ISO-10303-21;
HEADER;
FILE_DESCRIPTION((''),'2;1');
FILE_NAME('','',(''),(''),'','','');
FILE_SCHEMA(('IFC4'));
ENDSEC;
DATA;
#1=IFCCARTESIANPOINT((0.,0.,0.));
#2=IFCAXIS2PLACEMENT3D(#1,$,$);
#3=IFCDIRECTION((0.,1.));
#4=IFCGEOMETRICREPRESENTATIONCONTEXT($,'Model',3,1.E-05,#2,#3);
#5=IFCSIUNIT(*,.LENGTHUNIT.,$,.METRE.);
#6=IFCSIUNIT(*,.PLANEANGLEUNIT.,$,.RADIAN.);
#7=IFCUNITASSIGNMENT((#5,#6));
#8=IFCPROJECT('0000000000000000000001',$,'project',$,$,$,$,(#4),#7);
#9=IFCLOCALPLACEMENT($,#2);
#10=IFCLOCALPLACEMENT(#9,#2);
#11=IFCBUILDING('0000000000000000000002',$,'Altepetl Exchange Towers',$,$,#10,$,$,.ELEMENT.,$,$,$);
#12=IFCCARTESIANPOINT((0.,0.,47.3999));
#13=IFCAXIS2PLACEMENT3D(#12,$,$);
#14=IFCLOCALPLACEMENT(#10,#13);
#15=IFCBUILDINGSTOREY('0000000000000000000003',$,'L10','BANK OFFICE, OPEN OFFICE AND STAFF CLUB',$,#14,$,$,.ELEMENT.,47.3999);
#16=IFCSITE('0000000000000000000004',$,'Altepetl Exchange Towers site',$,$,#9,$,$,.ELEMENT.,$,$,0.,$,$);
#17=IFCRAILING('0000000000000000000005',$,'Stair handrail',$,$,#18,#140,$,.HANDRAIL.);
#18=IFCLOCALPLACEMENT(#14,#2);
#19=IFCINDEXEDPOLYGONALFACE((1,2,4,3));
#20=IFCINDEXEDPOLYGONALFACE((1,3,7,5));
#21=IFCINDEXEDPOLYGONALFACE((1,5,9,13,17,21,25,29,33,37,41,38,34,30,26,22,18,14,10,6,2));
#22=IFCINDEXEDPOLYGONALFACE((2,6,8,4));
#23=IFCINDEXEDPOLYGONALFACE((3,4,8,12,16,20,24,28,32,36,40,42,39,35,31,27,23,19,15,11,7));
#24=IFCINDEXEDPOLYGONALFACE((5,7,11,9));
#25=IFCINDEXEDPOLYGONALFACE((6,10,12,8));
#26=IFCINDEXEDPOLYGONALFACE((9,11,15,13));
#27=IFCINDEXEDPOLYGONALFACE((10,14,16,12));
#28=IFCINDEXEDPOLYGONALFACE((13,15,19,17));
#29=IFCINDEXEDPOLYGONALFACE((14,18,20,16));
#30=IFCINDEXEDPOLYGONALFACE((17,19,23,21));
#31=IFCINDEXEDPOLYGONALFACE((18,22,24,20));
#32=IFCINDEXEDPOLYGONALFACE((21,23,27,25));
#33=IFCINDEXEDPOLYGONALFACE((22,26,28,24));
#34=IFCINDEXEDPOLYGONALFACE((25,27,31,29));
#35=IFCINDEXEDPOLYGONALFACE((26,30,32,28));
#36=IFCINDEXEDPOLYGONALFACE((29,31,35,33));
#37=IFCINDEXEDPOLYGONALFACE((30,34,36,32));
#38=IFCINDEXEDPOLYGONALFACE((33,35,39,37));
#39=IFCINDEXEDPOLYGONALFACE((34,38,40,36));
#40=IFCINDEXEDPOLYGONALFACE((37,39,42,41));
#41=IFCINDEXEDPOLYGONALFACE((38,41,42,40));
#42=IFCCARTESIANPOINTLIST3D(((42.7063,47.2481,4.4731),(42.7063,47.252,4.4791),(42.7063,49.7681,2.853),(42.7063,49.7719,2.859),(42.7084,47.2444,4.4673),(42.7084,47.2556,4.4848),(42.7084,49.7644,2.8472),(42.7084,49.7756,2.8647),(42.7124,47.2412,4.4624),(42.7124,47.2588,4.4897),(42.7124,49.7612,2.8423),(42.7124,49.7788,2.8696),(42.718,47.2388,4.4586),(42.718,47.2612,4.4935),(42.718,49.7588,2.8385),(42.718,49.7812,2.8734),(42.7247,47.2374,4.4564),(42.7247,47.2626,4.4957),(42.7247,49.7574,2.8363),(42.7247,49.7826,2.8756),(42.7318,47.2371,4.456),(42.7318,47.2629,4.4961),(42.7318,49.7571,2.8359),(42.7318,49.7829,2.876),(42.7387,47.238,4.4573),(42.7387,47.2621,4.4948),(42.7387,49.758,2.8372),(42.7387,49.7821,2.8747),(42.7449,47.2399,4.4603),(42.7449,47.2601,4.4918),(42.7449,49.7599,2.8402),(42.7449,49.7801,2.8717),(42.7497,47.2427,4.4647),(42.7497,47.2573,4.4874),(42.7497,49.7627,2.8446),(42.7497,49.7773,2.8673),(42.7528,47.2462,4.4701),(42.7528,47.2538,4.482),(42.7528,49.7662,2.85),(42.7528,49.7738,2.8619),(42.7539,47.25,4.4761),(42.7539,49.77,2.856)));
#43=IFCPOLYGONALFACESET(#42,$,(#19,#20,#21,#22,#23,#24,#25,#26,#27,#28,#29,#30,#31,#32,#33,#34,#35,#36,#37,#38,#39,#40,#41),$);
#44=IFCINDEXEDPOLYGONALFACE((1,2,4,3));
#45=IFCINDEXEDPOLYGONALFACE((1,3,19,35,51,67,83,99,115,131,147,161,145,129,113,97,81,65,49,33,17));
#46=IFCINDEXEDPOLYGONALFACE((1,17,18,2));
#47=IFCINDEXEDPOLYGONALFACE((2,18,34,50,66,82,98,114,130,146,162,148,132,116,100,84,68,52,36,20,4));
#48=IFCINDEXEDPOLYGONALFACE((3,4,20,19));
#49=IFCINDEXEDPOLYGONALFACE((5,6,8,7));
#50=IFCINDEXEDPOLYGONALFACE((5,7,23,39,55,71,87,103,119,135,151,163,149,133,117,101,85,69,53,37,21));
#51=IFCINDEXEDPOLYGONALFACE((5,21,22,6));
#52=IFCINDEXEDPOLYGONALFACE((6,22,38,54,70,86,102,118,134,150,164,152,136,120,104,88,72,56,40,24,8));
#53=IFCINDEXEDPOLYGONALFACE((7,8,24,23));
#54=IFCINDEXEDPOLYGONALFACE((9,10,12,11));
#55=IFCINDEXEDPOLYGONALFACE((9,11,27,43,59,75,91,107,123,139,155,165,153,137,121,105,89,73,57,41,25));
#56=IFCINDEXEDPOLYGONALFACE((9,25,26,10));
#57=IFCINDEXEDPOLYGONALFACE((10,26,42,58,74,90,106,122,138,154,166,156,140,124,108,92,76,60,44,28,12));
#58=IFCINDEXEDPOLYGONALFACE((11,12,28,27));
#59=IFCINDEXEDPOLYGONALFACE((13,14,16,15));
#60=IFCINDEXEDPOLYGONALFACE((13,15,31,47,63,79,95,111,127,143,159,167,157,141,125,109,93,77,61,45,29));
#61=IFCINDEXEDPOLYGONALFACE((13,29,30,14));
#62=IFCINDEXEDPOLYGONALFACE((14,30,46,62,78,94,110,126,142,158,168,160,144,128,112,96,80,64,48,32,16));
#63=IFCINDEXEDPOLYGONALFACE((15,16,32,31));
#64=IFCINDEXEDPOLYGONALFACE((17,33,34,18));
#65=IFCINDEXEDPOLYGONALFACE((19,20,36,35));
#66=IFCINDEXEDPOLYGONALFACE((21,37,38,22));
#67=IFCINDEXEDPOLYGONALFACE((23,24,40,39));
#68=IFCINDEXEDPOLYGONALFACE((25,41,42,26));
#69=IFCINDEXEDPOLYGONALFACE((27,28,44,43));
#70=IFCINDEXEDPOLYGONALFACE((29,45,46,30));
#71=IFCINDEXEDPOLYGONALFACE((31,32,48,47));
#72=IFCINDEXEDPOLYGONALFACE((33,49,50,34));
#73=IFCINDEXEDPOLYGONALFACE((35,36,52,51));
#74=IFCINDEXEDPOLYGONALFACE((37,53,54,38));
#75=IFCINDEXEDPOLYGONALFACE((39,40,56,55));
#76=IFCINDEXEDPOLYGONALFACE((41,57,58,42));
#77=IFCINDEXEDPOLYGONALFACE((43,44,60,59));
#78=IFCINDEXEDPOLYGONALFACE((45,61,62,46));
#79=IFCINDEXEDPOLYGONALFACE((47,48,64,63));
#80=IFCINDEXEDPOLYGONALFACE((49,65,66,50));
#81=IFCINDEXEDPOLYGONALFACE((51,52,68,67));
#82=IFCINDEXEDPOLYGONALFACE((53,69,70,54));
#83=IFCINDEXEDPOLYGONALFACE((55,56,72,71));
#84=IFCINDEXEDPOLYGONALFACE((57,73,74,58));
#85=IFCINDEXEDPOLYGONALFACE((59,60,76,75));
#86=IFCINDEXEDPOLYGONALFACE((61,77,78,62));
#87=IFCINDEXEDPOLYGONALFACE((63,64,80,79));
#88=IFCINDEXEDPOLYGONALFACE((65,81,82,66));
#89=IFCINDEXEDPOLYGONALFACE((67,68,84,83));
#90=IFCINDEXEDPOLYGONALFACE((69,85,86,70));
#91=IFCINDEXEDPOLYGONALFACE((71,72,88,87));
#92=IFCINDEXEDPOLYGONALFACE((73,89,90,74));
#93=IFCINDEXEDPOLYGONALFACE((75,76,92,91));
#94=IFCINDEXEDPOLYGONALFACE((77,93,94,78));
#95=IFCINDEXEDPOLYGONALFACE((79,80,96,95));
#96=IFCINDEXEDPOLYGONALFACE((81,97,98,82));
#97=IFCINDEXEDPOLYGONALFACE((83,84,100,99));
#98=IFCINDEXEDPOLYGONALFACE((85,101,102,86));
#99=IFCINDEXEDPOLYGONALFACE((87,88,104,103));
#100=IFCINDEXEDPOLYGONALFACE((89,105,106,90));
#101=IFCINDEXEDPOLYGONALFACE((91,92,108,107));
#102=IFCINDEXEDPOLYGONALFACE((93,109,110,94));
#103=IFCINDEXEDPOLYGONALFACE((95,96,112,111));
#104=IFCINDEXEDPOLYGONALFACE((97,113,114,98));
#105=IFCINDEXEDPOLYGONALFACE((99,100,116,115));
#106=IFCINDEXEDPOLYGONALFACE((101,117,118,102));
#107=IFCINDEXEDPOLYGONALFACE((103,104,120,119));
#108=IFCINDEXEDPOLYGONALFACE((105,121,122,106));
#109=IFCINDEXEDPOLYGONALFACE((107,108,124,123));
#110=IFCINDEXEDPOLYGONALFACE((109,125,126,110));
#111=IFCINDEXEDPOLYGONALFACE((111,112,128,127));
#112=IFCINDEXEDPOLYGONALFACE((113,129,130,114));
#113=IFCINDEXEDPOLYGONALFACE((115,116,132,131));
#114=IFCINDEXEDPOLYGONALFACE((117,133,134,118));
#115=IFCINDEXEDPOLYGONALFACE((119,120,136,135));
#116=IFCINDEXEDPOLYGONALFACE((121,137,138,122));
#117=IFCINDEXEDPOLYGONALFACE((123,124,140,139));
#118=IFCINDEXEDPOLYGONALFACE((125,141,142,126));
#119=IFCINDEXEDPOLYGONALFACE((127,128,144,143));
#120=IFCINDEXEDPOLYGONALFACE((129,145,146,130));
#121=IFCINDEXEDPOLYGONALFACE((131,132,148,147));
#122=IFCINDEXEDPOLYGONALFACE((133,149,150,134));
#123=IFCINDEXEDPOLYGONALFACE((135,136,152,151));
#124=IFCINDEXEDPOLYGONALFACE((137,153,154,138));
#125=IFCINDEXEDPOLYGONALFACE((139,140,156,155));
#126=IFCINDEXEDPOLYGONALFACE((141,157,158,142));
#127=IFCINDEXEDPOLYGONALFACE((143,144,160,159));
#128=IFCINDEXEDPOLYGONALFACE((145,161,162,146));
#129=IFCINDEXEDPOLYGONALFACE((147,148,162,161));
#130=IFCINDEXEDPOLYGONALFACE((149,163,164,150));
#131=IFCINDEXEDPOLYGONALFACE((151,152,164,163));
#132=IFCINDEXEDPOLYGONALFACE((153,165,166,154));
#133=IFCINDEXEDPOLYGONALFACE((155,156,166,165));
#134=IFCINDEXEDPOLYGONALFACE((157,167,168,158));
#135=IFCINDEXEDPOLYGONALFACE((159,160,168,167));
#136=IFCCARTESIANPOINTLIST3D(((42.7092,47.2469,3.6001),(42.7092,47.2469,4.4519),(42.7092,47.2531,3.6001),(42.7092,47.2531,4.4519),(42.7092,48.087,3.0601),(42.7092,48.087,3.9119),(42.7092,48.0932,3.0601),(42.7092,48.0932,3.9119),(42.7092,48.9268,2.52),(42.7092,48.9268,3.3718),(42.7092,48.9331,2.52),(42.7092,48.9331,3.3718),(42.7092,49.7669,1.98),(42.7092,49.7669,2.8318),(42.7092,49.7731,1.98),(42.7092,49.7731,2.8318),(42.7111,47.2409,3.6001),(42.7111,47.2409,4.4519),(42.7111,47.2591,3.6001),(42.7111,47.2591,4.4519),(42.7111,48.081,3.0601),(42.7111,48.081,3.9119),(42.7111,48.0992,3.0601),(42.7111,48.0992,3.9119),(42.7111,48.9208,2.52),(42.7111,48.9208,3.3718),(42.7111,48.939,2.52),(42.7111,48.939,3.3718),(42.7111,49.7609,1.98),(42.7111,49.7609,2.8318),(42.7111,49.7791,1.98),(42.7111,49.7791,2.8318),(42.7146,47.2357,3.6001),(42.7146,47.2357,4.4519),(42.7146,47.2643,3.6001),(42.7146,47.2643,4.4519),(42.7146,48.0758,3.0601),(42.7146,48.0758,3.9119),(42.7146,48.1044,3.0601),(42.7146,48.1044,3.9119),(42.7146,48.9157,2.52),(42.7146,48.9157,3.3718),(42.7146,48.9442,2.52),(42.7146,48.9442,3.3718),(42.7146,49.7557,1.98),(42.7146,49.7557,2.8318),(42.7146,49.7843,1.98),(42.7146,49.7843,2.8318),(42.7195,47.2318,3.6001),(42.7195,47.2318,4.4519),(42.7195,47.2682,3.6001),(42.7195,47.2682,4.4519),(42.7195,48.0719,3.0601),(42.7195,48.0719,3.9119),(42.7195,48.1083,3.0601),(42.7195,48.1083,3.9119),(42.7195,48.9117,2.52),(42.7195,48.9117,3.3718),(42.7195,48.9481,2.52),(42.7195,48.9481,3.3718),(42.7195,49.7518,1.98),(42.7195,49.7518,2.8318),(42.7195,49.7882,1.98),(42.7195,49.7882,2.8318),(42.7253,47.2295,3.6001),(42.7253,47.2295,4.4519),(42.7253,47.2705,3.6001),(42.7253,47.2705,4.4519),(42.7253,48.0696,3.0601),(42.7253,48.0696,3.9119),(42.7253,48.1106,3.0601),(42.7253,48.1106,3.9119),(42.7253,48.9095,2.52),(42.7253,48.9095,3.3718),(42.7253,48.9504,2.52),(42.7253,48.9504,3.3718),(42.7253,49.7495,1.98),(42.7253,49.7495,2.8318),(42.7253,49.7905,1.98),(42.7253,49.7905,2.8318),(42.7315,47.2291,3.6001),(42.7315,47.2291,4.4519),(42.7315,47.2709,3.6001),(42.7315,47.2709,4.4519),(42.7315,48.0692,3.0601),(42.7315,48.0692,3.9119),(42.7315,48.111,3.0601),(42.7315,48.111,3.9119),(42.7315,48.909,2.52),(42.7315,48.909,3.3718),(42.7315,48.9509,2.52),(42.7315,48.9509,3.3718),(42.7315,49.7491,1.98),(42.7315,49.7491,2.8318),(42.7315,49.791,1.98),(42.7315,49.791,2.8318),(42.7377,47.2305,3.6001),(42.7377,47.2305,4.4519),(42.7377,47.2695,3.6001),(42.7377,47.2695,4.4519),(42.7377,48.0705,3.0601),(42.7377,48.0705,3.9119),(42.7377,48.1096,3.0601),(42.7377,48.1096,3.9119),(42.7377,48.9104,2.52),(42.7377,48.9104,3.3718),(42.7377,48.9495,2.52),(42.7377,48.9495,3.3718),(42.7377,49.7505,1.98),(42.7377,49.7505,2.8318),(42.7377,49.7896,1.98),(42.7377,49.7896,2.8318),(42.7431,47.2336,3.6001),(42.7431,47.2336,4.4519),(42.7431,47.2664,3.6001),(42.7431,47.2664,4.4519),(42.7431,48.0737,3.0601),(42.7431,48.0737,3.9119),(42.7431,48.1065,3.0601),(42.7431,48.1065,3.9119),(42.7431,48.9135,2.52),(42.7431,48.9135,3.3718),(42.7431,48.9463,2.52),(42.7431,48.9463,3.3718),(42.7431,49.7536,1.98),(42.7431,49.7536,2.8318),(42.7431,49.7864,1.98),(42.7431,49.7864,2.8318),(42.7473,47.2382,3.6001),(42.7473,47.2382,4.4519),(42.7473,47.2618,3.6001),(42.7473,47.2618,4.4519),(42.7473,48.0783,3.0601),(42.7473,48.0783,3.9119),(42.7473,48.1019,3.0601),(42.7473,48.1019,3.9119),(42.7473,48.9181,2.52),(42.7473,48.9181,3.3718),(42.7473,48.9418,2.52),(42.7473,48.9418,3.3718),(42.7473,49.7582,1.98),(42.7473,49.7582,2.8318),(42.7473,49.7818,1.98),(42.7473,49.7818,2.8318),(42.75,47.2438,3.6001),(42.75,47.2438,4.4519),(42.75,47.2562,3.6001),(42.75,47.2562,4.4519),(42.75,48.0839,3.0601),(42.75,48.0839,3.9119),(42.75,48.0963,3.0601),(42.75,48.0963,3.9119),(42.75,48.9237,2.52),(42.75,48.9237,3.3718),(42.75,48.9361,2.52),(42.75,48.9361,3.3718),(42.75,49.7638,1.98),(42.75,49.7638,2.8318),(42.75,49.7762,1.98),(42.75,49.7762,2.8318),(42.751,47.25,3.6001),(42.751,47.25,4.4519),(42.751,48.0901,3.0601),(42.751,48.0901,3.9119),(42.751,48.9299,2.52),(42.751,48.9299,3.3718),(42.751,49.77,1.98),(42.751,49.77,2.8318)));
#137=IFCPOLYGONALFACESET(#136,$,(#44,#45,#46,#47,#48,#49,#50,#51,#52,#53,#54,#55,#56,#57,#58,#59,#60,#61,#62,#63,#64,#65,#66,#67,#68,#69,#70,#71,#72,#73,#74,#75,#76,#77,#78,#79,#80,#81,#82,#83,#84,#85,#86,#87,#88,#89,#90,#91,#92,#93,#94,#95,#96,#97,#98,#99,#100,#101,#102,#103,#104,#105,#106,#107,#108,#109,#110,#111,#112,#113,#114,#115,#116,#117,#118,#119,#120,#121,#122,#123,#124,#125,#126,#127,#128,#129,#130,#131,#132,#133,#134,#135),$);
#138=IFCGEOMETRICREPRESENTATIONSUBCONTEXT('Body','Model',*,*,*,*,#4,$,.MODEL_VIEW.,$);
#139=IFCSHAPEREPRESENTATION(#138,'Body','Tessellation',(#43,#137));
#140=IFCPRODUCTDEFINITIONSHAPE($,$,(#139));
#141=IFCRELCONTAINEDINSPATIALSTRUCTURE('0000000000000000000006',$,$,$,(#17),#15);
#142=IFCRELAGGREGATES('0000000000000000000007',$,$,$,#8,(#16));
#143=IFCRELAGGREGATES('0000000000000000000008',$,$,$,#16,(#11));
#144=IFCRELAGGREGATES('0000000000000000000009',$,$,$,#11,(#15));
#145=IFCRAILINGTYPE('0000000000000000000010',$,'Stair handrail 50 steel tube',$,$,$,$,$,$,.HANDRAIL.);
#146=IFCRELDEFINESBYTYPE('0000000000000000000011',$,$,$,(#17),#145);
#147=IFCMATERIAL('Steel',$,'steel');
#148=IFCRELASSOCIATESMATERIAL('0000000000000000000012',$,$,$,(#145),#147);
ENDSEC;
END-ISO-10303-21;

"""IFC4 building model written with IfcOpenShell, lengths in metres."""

from ifc_helpers import new_model, si_unit, direction, frame, origin, origin_2d, place, context, subcontext, project, spatial, circle, extrude, source, transform, mapped, material, type_object, element, save


model = new_model("IFC4")

# Units and contexts
model_context = context("Model", 3, precision=1e-05, world=origin(), true_north=direction((0.0, 1.0)))
body_context = subcontext(model_context, "Body", "Model", "MODEL_VIEW")
ifc_project = project(units=[si_unit("LENGTHUNIT", "METRE"), si_unit("PLANEANGLEUNIT", "RADIAN")], contexts=[model_context])

# Site, building, storey
site_placement = place(None, origin())
site = spatial("IfcSite", under=ifc_project, at=site_placement, Name="Altepetl Exchange Towers site", CompositionType="ELEMENT", RefElevation=0.0)
building_placement = place(site_placement, origin())
building = spatial("IfcBuilding", under=site, at=building_placement, Name="Altepetl Exchange Towers", CompositionType="ELEMENT")
storey_placement = place(building_placement, frame((0.0, 0.0, 47.3999)))
storey = spatial("IfcBuildingStorey", under=building, at=storey_placement, Name="L10", Description="BANK OFFICE, OPEN OFFICE AND STAFF CLUB", CompositionType="ELEMENT", Elevation=47.3999)

# Railing
ifc_material_1 = material(Name="Steel", Category="steel")
railing_type = type_object("IfcRailingType", Name="Stair handrail 50 steel tube", PredefinedType="HANDRAIL", material=ifc_material_1)
shared_shape = source(origin(), body_context, "Body", "SweptSolid", [
    extrude(circle(Radius=0.021, at=origin_2d()), origin(), (0.0, 0.0, 1.0), 0.8518),
])
railing_1_placement = place(storey_placement, frame((42.73, 49.77, 1.98)))
element("IfcRailing", 1, at=railing_1_placement, inside=storey, type_object=railing_type, Name="Stair handrail", PredefinedType="HANDRAIL", context=body_context, shape_type="SweptSolid", body=[
    extrude(circle(Radius=0.0239, at=origin_2d()), frame((0.0, 0.0, 0.876), z_axis=(0.0, -0.841163, 0.540782), x_axis=(1.0, 0.0, 0.0)), (0.0, 0.0, 1.0), 2.9958),
    mapped(shared_shape, transform((0.0, 0.0, 0.0))),
    mapped(shared_shape, transform((0.0, -0.8401, 0.54))),
    mapped(shared_shape, transform((0.0, -1.6799, 1.0801))),
    mapped(shared_shape, transform((0.0, -2.52, 1.6201))),
])

save(model, "model.ifc")
